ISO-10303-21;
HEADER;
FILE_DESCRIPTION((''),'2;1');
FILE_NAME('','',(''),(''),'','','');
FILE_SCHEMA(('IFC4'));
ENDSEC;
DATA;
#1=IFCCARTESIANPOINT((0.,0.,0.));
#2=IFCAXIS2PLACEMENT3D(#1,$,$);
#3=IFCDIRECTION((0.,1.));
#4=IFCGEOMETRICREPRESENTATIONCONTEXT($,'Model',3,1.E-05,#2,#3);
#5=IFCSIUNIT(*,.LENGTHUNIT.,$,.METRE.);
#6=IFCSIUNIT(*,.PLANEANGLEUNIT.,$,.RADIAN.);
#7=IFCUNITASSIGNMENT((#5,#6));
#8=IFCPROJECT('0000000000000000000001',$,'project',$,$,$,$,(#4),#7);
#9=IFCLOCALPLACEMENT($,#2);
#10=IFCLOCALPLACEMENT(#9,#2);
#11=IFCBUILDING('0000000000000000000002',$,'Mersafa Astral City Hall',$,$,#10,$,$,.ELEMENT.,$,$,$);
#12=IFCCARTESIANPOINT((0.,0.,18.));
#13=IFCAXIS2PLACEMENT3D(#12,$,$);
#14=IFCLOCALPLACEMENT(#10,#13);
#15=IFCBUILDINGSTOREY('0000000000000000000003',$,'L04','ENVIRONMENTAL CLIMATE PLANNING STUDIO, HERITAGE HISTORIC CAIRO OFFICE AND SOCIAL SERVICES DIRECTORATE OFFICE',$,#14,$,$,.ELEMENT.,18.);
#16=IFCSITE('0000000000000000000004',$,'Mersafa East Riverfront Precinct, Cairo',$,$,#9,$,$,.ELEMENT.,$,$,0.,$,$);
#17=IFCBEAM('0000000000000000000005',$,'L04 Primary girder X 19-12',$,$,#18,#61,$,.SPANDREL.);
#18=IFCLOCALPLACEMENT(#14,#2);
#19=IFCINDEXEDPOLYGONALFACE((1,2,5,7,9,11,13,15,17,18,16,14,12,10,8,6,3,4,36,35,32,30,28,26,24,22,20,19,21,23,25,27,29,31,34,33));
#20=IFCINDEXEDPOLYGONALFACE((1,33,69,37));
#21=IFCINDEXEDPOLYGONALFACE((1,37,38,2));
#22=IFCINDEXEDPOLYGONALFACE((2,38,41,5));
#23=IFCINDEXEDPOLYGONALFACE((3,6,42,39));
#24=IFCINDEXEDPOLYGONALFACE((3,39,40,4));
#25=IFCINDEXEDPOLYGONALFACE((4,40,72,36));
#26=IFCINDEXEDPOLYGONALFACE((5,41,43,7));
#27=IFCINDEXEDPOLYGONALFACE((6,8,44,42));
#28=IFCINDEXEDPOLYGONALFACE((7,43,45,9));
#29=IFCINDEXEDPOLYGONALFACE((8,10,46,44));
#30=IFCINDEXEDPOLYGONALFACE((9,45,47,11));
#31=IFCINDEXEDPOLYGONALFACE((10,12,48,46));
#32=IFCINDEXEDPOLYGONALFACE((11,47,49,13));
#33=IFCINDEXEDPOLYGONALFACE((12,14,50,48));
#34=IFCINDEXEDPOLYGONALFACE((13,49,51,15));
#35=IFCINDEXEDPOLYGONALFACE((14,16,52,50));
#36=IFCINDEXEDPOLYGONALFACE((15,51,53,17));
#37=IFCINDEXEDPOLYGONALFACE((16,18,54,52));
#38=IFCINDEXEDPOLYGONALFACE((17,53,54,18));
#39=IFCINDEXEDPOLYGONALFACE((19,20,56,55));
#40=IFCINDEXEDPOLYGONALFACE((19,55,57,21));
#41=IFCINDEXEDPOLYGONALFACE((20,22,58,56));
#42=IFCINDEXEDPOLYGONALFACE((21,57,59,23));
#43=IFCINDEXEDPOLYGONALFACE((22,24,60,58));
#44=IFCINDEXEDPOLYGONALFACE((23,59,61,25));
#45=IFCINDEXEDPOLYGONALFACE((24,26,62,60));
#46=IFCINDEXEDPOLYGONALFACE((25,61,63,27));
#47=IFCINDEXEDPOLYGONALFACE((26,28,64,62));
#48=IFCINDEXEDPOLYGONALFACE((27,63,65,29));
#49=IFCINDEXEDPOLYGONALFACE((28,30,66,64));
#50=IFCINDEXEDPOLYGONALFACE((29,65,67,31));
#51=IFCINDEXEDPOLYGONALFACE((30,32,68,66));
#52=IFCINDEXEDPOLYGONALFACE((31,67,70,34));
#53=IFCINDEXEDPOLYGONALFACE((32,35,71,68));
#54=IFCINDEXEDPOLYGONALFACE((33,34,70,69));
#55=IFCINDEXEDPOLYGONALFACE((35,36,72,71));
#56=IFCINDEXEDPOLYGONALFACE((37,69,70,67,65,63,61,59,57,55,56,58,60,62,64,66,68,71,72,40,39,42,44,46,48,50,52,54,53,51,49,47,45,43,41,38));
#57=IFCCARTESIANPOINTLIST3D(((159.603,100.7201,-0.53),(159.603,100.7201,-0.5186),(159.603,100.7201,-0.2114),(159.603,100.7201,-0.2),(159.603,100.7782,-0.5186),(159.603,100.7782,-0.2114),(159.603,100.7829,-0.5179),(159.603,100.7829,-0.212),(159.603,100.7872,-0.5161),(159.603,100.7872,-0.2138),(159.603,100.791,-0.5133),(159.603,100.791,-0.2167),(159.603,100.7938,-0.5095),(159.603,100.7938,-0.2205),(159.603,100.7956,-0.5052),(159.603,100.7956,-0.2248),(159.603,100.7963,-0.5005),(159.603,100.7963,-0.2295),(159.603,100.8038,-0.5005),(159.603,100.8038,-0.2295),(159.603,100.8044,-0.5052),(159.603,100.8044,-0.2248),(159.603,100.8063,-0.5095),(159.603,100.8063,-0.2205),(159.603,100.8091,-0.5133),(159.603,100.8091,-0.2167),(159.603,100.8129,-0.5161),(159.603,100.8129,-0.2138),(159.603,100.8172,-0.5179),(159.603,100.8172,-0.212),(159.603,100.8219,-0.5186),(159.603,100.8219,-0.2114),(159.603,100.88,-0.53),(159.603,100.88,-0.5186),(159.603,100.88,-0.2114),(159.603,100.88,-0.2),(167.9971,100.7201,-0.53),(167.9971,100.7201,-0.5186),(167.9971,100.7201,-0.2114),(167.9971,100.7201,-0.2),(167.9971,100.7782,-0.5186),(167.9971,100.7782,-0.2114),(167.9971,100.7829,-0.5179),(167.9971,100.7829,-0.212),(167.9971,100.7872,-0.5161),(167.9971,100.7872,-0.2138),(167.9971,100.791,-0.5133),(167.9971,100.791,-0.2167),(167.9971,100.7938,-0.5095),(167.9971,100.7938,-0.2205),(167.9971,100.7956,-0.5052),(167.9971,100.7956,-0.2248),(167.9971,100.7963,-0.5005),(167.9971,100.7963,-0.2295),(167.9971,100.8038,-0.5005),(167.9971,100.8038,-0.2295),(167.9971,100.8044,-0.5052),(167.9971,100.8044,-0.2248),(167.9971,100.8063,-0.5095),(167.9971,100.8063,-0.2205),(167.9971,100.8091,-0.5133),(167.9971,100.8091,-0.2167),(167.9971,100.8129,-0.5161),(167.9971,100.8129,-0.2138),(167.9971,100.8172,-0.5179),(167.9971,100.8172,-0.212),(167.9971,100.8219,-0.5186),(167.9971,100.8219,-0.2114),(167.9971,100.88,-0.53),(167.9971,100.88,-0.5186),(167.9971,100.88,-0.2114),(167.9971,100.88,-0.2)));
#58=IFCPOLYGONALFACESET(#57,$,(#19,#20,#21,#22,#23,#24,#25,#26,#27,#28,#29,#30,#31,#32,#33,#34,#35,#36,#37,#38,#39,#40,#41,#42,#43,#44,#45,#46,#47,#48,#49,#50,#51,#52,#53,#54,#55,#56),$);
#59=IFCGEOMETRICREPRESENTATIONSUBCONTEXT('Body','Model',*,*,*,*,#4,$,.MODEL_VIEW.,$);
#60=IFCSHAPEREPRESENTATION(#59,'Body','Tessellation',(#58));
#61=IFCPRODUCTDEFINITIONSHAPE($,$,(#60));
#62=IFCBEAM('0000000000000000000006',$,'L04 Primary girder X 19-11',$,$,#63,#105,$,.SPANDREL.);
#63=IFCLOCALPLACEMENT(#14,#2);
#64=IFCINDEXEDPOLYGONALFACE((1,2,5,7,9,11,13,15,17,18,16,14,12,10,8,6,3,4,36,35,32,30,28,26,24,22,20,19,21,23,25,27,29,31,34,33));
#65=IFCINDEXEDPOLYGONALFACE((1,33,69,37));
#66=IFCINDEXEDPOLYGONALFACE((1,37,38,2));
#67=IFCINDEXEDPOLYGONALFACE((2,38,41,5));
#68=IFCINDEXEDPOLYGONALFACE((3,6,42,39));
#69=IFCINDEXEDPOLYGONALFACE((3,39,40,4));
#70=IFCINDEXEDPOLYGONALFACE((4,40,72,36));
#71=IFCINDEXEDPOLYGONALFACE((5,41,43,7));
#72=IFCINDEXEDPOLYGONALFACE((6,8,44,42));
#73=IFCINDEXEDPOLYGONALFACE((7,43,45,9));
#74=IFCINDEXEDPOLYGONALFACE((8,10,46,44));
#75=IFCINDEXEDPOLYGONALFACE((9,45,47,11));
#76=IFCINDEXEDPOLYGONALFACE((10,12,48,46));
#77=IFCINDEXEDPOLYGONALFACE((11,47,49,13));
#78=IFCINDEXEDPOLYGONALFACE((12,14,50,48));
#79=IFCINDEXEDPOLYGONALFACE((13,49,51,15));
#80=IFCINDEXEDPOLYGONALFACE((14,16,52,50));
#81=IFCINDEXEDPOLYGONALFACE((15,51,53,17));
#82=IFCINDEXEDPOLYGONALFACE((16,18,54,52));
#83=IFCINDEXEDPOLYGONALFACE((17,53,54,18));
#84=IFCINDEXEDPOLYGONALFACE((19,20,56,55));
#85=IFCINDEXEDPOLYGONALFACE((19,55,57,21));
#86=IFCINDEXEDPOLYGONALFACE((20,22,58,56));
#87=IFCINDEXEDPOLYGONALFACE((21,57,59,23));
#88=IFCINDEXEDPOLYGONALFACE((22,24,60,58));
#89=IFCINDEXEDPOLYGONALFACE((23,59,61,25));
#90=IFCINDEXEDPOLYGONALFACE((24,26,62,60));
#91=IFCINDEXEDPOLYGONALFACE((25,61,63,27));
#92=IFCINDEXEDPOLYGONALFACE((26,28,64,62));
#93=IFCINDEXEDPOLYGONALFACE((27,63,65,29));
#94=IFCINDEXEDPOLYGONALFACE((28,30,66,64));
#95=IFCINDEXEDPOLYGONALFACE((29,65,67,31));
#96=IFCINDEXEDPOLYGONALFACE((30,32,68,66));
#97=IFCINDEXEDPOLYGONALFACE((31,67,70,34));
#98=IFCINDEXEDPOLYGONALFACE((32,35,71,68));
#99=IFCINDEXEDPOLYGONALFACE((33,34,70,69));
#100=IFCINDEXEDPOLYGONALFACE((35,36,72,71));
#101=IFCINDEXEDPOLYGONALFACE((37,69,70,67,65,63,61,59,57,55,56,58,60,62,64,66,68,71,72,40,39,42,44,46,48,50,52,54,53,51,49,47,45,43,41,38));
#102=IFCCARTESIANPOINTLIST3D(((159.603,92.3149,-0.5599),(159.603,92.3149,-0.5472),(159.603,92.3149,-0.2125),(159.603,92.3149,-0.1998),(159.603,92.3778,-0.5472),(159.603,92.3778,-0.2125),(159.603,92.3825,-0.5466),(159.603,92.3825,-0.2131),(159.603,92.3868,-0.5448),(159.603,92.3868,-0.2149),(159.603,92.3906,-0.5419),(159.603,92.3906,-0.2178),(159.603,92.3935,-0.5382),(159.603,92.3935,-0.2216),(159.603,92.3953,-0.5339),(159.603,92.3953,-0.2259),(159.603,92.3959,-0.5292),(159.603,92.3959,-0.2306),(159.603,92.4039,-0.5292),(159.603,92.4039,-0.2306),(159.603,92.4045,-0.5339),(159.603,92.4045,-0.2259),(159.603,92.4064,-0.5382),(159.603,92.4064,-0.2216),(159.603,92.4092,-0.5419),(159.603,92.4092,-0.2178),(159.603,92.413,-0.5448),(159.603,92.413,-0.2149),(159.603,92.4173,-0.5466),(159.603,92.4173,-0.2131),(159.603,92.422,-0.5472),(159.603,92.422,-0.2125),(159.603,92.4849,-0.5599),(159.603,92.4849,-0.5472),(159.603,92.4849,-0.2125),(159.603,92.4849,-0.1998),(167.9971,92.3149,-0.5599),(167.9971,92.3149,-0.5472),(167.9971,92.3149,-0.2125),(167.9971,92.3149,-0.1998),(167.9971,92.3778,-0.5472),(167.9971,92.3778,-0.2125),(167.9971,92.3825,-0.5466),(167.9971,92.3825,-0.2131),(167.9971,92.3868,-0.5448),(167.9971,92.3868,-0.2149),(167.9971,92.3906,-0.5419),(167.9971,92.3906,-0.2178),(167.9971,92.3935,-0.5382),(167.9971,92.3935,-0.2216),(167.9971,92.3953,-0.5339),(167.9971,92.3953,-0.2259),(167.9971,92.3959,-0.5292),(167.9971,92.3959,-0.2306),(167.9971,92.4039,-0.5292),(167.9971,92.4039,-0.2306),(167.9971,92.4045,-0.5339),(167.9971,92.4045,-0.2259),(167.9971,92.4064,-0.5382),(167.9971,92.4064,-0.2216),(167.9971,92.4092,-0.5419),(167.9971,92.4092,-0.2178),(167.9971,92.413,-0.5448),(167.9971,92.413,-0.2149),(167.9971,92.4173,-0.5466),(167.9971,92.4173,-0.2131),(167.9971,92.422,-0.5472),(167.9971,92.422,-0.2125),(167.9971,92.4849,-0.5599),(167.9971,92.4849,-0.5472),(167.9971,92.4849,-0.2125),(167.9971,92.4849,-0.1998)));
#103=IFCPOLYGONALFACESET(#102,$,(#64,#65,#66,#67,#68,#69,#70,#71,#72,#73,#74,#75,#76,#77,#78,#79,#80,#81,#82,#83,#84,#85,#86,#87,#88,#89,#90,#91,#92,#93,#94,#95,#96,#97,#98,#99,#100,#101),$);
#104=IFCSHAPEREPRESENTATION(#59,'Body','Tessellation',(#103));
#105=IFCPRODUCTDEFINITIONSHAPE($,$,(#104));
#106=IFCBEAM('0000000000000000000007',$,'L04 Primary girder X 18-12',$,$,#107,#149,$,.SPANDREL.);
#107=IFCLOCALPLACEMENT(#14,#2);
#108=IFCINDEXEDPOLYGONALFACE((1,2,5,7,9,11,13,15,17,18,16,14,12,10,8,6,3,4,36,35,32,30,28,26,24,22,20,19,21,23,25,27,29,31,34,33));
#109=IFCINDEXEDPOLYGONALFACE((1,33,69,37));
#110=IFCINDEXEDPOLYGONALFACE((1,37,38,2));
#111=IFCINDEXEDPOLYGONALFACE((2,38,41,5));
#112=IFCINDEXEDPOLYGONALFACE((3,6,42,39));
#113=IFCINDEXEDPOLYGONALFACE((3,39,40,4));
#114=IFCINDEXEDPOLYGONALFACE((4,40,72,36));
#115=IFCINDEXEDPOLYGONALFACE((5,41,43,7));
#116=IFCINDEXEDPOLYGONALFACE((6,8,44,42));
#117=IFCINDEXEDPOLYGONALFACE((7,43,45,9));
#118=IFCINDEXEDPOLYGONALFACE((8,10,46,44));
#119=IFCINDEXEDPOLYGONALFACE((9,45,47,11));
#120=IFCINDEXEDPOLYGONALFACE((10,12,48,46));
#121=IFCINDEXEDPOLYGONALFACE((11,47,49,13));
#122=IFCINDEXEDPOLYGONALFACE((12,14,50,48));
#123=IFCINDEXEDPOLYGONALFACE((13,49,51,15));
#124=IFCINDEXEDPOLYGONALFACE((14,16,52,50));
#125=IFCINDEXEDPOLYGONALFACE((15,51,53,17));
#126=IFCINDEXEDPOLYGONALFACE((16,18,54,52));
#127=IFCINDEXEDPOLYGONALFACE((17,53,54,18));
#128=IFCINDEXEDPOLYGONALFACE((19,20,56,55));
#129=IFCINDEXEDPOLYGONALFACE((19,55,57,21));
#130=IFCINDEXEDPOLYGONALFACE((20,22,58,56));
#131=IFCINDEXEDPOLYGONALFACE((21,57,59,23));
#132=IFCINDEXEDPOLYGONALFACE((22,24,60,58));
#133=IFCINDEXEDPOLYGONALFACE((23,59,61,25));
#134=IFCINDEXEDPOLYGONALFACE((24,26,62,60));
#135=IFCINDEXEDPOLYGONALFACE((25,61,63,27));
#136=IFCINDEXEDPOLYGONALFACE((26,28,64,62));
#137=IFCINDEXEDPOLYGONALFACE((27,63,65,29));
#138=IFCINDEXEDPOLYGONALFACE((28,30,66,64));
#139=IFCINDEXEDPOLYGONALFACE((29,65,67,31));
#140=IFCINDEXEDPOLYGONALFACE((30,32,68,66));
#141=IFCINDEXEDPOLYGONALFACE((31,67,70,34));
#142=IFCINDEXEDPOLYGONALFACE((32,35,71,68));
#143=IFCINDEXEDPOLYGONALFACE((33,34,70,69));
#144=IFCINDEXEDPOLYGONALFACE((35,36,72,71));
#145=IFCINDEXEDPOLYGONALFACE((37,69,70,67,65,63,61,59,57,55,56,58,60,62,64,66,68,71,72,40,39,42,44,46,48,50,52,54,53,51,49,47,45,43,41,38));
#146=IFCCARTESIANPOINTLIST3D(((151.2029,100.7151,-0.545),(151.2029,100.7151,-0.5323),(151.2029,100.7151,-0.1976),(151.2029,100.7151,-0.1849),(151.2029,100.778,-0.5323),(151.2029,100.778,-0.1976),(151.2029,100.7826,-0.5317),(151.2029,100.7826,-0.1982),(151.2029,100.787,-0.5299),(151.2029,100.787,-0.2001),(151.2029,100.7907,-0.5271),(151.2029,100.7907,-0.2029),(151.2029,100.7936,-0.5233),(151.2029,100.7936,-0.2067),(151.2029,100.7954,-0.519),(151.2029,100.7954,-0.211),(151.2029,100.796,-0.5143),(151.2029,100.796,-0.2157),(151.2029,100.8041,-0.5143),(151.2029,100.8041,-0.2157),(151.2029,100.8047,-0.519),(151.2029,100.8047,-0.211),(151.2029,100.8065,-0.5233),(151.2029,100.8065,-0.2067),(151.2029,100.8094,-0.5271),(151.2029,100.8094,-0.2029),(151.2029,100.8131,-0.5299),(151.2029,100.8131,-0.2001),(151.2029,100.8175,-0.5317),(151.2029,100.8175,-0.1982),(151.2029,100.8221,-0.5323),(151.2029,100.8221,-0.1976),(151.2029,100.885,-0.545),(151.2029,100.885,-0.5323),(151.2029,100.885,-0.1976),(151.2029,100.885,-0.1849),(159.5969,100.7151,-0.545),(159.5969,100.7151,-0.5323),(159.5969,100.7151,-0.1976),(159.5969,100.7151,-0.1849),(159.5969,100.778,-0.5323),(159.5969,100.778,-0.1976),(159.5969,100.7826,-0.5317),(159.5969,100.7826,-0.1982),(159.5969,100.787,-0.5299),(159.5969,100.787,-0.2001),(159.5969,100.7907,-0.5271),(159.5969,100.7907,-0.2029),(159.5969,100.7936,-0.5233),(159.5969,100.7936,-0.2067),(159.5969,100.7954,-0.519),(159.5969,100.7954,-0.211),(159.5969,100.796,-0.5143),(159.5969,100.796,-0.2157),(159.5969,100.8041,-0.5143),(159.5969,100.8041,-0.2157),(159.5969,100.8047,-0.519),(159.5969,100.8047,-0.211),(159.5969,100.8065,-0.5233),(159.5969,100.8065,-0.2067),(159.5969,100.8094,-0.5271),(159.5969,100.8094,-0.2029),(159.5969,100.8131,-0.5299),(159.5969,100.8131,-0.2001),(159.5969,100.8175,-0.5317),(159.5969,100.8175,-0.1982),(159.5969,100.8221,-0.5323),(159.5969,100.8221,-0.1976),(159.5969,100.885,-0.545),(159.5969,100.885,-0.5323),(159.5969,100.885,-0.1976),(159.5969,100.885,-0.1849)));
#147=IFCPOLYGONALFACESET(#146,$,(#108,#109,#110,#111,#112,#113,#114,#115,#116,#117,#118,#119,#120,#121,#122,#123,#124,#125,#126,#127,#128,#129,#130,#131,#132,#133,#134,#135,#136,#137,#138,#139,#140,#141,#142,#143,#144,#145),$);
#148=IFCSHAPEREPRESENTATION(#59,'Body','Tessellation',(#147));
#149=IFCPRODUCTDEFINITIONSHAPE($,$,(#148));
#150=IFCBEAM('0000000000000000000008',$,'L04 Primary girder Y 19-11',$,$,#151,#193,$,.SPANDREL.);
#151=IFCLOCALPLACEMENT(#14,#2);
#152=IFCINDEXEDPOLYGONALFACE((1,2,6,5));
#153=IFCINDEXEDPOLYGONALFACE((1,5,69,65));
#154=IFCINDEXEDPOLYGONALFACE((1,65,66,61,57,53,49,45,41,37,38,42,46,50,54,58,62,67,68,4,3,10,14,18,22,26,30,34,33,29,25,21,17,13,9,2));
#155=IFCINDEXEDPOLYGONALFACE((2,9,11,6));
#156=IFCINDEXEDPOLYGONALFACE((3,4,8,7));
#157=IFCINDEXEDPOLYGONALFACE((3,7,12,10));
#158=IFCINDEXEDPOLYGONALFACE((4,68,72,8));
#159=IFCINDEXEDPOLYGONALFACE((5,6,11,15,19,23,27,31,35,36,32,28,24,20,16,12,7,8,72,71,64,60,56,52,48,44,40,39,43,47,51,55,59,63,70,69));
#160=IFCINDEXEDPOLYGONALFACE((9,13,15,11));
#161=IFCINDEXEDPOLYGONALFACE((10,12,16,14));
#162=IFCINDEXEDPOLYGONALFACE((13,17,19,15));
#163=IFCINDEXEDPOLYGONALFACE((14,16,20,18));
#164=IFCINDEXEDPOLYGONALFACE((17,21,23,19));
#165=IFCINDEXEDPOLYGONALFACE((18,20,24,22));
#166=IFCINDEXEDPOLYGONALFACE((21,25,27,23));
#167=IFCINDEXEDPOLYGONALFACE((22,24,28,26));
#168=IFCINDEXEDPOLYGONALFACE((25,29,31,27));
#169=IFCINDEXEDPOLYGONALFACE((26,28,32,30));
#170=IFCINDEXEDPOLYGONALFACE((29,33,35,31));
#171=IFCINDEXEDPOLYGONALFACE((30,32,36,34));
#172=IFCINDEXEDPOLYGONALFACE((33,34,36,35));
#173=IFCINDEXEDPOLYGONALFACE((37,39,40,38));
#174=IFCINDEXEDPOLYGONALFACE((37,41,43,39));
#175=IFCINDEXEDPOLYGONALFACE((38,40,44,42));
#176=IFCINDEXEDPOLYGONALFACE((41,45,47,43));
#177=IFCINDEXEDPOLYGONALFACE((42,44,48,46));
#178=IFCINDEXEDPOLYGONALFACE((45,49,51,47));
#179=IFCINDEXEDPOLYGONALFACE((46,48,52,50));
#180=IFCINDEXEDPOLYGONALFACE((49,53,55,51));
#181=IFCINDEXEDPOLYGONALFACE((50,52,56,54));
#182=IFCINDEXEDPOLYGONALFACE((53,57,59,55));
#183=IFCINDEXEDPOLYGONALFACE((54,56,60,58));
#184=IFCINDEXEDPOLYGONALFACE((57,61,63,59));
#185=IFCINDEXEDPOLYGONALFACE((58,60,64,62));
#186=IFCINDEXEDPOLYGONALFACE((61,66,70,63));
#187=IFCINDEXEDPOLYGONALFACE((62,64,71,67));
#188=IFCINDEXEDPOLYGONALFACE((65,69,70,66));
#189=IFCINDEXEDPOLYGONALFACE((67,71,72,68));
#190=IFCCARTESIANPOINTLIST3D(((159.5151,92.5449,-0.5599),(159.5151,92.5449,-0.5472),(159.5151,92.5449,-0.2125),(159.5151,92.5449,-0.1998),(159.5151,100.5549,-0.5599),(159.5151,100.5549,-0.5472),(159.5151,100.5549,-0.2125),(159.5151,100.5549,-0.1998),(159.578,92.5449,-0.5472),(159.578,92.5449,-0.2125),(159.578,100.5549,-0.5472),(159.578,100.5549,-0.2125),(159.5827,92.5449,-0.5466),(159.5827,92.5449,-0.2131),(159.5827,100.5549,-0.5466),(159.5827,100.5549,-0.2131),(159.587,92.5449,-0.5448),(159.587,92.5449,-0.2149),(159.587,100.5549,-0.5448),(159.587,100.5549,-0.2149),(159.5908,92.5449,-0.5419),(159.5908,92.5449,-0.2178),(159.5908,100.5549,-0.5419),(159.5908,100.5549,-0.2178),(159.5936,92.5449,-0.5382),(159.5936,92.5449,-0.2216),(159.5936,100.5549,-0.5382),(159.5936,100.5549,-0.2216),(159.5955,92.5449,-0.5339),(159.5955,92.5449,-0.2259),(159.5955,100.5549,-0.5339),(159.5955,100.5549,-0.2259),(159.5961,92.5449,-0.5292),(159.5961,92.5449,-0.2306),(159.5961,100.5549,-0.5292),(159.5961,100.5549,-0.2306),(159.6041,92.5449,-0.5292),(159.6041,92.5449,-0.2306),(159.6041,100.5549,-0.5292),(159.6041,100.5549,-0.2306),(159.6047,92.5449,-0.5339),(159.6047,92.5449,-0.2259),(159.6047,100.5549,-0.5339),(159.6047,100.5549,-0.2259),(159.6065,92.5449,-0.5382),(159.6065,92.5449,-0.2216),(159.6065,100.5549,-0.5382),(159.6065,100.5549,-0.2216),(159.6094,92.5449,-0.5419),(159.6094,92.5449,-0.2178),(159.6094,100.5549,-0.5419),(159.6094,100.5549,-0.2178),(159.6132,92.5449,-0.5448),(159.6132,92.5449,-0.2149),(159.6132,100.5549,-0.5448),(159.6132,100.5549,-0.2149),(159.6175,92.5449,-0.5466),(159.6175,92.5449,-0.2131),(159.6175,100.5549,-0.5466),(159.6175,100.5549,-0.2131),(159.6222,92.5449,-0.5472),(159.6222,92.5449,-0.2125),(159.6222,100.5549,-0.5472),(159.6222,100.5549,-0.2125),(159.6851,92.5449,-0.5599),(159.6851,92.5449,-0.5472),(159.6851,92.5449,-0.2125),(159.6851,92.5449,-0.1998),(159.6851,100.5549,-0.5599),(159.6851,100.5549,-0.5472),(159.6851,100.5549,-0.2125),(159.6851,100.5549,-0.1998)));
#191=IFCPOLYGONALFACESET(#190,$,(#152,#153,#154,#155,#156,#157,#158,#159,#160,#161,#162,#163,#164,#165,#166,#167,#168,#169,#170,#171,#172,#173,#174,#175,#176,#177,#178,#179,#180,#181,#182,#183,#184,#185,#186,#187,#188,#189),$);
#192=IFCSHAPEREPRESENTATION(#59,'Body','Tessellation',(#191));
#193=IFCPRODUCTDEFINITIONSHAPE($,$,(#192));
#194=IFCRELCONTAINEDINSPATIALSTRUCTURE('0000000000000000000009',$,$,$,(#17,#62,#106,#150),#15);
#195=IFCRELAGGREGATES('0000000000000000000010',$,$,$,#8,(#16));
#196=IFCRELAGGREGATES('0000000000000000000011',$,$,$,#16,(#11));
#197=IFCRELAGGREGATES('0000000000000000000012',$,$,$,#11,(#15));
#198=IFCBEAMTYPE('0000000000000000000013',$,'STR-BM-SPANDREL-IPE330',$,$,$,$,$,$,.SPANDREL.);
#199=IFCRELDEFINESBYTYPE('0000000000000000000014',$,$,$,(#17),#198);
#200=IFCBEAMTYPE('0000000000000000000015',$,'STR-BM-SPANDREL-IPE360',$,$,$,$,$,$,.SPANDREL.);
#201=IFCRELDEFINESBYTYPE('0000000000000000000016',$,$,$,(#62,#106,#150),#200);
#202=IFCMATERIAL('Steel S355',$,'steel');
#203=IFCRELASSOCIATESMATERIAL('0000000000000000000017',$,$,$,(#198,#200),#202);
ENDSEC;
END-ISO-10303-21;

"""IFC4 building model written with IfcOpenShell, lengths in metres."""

from ifc_helpers import new_model, si_unit, direction, frame, origin, origin_2d, place, context, subcontext, project, spatial, i_section, extrude, material, material_profile, profile_set, type_object, element, save


model = new_model("IFC4")

# Units and contexts
model_context = context("Model", 3, precision=1e-05, world=origin(), true_north=direction((0.0, 1.0)))
body_context = subcontext(model_context, "Body", "Model", "MODEL_VIEW")
ifc_project = project(units=[si_unit("LENGTHUNIT", "METRE"), si_unit("PLANEANGLEUNIT", "RADIAN")], contexts=[model_context])

# Site, building, storey
site_placement = place(None, origin())
site = spatial("IfcSite", under=ifc_project, at=site_placement, Name="Mersafa East Riverfront Precinct, Cairo", CompositionType="ELEMENT", RefElevation=0.0)
building_placement = place(site_placement, origin())
building = spatial("IfcBuilding", under=site, at=building_placement, Name="Mersafa Astral City Hall", CompositionType="ELEMENT")
storey_placement = place(building_placement, frame((0.0, 0.0, 18.0)))
storey = spatial("IfcBuildingStorey", under=building, at=storey_placement, Name="L04", Description="ENVIRONMENTAL CLIMATE PLANNING STUDIO, HERITAGE HISTORIC CAIRO OFFICE AND SOCIAL SERVICES DIRECTORATE OFFICE", CompositionType="ELEMENT", Elevation=18.0)

# Shared definitions
ifc_material_1 = material(Name="Steel S355", Category="steel")

# Beams
ifc_material_profile_1 = material_profile(ifc_material_1, i_section(OverallWidth=0.1599, OverallDepth=0.3301, WebThickness=0.0076, FlangeThickness=0.0115, FilletRadius=0.0181, at=origin_2d()), Name="IPE 330")
ifc_profile_set_1 = profile_set([ifc_material_profile_1], Name="Steel S355")
beam_type_1 = type_object("IfcBeamType", Name="STR-BM-SPANDREL-IPE330", PredefinedType="SPANDREL", material=ifc_profile_set_1)
for number, where, z_axis, x_axis, name in (
    (1, (159.603, 100.8, -0.365), (1.0, 0.0, 0.0), (0.0, 1.0, 0.0), "L04 Primary girder X 19-12"),
):
    element("IfcBeam", number, at=place(storey_placement, frame(where, z_axis=z_axis, x_axis=x_axis)), inside=storey, type_object=beam_type_1, Name=name, PredefinedType="SPANDREL", context=body_context, shape_type="SweptSolid", body=[
        extrude(i_section(OverallWidth=0.1599, OverallDepth=0.3301, WebThickness=0.0076, FlangeThickness=0.0115, FilletRadius=0.0181, at=origin_2d()), origin(), (0.0, 0.0, 1.0), 8.394),
    ])
ifc_material_profile_2 = material_profile(ifc_material_1, i_section(OverallWidth=0.1699, OverallDepth=0.3601, WebThickness=0.0081, FlangeThickness=0.0127, FilletRadius=0.0181, at=origin_2d()), Name="IPE 360")
ifc_profile_set_2 = profile_set([ifc_material_profile_2], Name="Steel S355")
beam_type_2 = type_object("IfcBeamType", Name="STR-BM-SPANDREL-IPE360", PredefinedType="SPANDREL", material=ifc_profile_set_2)
for number, where, z_axis, x_axis, name in (
    (2, (159.603, 92.3999, -0.3799), (1.0, 0.0, 0.0), (0.0, 1.0, 0.0), "L04 Primary girder X 19-11"),
    (3, (151.2029, 100.8, -0.365), (1.0, 0.0, 0.0), (0.0, 1.0, 0.0), "L04 Primary girder X 18-12"),
):
    element("IfcBeam", number, at=place(storey_placement, frame(where, z_axis=z_axis, x_axis=x_axis)), inside=storey, type_object=beam_type_2, Name=name, PredefinedType="SPANDREL", context=body_context, shape_type="SweptSolid", body=[
        extrude(i_section(OverallWidth=0.1699, OverallDepth=0.3601, WebThickness=0.0081, FlangeThickness=0.0127, FilletRadius=0.0181, at=origin_2d()), origin(), (0.0, 0.0, 1.0), 8.394),
    ])
beam_1_placement = place(storey_placement, frame((159.6001, 92.5449, -0.3799), z_axis=(0.0, 1.0, 0.0), x_axis=(-1.0, 0.0, 0.0)))
element("IfcBeam", 4, at=beam_1_placement, inside=storey, type_object=beam_type_2, Name="L04 Primary girder Y 19-11", PredefinedType="SPANDREL", context=body_context, shape_type="SweptSolid", body=[
    extrude(i_section(OverallWidth=0.1699, OverallDepth=0.3601, WebThickness=0.0081, FlangeThickness=0.0127, FilletRadius=0.0181, at=origin_2d()), origin(), (0.0, 0.0, 1.0), 8.01),
])

save(model, "model.ifc")
